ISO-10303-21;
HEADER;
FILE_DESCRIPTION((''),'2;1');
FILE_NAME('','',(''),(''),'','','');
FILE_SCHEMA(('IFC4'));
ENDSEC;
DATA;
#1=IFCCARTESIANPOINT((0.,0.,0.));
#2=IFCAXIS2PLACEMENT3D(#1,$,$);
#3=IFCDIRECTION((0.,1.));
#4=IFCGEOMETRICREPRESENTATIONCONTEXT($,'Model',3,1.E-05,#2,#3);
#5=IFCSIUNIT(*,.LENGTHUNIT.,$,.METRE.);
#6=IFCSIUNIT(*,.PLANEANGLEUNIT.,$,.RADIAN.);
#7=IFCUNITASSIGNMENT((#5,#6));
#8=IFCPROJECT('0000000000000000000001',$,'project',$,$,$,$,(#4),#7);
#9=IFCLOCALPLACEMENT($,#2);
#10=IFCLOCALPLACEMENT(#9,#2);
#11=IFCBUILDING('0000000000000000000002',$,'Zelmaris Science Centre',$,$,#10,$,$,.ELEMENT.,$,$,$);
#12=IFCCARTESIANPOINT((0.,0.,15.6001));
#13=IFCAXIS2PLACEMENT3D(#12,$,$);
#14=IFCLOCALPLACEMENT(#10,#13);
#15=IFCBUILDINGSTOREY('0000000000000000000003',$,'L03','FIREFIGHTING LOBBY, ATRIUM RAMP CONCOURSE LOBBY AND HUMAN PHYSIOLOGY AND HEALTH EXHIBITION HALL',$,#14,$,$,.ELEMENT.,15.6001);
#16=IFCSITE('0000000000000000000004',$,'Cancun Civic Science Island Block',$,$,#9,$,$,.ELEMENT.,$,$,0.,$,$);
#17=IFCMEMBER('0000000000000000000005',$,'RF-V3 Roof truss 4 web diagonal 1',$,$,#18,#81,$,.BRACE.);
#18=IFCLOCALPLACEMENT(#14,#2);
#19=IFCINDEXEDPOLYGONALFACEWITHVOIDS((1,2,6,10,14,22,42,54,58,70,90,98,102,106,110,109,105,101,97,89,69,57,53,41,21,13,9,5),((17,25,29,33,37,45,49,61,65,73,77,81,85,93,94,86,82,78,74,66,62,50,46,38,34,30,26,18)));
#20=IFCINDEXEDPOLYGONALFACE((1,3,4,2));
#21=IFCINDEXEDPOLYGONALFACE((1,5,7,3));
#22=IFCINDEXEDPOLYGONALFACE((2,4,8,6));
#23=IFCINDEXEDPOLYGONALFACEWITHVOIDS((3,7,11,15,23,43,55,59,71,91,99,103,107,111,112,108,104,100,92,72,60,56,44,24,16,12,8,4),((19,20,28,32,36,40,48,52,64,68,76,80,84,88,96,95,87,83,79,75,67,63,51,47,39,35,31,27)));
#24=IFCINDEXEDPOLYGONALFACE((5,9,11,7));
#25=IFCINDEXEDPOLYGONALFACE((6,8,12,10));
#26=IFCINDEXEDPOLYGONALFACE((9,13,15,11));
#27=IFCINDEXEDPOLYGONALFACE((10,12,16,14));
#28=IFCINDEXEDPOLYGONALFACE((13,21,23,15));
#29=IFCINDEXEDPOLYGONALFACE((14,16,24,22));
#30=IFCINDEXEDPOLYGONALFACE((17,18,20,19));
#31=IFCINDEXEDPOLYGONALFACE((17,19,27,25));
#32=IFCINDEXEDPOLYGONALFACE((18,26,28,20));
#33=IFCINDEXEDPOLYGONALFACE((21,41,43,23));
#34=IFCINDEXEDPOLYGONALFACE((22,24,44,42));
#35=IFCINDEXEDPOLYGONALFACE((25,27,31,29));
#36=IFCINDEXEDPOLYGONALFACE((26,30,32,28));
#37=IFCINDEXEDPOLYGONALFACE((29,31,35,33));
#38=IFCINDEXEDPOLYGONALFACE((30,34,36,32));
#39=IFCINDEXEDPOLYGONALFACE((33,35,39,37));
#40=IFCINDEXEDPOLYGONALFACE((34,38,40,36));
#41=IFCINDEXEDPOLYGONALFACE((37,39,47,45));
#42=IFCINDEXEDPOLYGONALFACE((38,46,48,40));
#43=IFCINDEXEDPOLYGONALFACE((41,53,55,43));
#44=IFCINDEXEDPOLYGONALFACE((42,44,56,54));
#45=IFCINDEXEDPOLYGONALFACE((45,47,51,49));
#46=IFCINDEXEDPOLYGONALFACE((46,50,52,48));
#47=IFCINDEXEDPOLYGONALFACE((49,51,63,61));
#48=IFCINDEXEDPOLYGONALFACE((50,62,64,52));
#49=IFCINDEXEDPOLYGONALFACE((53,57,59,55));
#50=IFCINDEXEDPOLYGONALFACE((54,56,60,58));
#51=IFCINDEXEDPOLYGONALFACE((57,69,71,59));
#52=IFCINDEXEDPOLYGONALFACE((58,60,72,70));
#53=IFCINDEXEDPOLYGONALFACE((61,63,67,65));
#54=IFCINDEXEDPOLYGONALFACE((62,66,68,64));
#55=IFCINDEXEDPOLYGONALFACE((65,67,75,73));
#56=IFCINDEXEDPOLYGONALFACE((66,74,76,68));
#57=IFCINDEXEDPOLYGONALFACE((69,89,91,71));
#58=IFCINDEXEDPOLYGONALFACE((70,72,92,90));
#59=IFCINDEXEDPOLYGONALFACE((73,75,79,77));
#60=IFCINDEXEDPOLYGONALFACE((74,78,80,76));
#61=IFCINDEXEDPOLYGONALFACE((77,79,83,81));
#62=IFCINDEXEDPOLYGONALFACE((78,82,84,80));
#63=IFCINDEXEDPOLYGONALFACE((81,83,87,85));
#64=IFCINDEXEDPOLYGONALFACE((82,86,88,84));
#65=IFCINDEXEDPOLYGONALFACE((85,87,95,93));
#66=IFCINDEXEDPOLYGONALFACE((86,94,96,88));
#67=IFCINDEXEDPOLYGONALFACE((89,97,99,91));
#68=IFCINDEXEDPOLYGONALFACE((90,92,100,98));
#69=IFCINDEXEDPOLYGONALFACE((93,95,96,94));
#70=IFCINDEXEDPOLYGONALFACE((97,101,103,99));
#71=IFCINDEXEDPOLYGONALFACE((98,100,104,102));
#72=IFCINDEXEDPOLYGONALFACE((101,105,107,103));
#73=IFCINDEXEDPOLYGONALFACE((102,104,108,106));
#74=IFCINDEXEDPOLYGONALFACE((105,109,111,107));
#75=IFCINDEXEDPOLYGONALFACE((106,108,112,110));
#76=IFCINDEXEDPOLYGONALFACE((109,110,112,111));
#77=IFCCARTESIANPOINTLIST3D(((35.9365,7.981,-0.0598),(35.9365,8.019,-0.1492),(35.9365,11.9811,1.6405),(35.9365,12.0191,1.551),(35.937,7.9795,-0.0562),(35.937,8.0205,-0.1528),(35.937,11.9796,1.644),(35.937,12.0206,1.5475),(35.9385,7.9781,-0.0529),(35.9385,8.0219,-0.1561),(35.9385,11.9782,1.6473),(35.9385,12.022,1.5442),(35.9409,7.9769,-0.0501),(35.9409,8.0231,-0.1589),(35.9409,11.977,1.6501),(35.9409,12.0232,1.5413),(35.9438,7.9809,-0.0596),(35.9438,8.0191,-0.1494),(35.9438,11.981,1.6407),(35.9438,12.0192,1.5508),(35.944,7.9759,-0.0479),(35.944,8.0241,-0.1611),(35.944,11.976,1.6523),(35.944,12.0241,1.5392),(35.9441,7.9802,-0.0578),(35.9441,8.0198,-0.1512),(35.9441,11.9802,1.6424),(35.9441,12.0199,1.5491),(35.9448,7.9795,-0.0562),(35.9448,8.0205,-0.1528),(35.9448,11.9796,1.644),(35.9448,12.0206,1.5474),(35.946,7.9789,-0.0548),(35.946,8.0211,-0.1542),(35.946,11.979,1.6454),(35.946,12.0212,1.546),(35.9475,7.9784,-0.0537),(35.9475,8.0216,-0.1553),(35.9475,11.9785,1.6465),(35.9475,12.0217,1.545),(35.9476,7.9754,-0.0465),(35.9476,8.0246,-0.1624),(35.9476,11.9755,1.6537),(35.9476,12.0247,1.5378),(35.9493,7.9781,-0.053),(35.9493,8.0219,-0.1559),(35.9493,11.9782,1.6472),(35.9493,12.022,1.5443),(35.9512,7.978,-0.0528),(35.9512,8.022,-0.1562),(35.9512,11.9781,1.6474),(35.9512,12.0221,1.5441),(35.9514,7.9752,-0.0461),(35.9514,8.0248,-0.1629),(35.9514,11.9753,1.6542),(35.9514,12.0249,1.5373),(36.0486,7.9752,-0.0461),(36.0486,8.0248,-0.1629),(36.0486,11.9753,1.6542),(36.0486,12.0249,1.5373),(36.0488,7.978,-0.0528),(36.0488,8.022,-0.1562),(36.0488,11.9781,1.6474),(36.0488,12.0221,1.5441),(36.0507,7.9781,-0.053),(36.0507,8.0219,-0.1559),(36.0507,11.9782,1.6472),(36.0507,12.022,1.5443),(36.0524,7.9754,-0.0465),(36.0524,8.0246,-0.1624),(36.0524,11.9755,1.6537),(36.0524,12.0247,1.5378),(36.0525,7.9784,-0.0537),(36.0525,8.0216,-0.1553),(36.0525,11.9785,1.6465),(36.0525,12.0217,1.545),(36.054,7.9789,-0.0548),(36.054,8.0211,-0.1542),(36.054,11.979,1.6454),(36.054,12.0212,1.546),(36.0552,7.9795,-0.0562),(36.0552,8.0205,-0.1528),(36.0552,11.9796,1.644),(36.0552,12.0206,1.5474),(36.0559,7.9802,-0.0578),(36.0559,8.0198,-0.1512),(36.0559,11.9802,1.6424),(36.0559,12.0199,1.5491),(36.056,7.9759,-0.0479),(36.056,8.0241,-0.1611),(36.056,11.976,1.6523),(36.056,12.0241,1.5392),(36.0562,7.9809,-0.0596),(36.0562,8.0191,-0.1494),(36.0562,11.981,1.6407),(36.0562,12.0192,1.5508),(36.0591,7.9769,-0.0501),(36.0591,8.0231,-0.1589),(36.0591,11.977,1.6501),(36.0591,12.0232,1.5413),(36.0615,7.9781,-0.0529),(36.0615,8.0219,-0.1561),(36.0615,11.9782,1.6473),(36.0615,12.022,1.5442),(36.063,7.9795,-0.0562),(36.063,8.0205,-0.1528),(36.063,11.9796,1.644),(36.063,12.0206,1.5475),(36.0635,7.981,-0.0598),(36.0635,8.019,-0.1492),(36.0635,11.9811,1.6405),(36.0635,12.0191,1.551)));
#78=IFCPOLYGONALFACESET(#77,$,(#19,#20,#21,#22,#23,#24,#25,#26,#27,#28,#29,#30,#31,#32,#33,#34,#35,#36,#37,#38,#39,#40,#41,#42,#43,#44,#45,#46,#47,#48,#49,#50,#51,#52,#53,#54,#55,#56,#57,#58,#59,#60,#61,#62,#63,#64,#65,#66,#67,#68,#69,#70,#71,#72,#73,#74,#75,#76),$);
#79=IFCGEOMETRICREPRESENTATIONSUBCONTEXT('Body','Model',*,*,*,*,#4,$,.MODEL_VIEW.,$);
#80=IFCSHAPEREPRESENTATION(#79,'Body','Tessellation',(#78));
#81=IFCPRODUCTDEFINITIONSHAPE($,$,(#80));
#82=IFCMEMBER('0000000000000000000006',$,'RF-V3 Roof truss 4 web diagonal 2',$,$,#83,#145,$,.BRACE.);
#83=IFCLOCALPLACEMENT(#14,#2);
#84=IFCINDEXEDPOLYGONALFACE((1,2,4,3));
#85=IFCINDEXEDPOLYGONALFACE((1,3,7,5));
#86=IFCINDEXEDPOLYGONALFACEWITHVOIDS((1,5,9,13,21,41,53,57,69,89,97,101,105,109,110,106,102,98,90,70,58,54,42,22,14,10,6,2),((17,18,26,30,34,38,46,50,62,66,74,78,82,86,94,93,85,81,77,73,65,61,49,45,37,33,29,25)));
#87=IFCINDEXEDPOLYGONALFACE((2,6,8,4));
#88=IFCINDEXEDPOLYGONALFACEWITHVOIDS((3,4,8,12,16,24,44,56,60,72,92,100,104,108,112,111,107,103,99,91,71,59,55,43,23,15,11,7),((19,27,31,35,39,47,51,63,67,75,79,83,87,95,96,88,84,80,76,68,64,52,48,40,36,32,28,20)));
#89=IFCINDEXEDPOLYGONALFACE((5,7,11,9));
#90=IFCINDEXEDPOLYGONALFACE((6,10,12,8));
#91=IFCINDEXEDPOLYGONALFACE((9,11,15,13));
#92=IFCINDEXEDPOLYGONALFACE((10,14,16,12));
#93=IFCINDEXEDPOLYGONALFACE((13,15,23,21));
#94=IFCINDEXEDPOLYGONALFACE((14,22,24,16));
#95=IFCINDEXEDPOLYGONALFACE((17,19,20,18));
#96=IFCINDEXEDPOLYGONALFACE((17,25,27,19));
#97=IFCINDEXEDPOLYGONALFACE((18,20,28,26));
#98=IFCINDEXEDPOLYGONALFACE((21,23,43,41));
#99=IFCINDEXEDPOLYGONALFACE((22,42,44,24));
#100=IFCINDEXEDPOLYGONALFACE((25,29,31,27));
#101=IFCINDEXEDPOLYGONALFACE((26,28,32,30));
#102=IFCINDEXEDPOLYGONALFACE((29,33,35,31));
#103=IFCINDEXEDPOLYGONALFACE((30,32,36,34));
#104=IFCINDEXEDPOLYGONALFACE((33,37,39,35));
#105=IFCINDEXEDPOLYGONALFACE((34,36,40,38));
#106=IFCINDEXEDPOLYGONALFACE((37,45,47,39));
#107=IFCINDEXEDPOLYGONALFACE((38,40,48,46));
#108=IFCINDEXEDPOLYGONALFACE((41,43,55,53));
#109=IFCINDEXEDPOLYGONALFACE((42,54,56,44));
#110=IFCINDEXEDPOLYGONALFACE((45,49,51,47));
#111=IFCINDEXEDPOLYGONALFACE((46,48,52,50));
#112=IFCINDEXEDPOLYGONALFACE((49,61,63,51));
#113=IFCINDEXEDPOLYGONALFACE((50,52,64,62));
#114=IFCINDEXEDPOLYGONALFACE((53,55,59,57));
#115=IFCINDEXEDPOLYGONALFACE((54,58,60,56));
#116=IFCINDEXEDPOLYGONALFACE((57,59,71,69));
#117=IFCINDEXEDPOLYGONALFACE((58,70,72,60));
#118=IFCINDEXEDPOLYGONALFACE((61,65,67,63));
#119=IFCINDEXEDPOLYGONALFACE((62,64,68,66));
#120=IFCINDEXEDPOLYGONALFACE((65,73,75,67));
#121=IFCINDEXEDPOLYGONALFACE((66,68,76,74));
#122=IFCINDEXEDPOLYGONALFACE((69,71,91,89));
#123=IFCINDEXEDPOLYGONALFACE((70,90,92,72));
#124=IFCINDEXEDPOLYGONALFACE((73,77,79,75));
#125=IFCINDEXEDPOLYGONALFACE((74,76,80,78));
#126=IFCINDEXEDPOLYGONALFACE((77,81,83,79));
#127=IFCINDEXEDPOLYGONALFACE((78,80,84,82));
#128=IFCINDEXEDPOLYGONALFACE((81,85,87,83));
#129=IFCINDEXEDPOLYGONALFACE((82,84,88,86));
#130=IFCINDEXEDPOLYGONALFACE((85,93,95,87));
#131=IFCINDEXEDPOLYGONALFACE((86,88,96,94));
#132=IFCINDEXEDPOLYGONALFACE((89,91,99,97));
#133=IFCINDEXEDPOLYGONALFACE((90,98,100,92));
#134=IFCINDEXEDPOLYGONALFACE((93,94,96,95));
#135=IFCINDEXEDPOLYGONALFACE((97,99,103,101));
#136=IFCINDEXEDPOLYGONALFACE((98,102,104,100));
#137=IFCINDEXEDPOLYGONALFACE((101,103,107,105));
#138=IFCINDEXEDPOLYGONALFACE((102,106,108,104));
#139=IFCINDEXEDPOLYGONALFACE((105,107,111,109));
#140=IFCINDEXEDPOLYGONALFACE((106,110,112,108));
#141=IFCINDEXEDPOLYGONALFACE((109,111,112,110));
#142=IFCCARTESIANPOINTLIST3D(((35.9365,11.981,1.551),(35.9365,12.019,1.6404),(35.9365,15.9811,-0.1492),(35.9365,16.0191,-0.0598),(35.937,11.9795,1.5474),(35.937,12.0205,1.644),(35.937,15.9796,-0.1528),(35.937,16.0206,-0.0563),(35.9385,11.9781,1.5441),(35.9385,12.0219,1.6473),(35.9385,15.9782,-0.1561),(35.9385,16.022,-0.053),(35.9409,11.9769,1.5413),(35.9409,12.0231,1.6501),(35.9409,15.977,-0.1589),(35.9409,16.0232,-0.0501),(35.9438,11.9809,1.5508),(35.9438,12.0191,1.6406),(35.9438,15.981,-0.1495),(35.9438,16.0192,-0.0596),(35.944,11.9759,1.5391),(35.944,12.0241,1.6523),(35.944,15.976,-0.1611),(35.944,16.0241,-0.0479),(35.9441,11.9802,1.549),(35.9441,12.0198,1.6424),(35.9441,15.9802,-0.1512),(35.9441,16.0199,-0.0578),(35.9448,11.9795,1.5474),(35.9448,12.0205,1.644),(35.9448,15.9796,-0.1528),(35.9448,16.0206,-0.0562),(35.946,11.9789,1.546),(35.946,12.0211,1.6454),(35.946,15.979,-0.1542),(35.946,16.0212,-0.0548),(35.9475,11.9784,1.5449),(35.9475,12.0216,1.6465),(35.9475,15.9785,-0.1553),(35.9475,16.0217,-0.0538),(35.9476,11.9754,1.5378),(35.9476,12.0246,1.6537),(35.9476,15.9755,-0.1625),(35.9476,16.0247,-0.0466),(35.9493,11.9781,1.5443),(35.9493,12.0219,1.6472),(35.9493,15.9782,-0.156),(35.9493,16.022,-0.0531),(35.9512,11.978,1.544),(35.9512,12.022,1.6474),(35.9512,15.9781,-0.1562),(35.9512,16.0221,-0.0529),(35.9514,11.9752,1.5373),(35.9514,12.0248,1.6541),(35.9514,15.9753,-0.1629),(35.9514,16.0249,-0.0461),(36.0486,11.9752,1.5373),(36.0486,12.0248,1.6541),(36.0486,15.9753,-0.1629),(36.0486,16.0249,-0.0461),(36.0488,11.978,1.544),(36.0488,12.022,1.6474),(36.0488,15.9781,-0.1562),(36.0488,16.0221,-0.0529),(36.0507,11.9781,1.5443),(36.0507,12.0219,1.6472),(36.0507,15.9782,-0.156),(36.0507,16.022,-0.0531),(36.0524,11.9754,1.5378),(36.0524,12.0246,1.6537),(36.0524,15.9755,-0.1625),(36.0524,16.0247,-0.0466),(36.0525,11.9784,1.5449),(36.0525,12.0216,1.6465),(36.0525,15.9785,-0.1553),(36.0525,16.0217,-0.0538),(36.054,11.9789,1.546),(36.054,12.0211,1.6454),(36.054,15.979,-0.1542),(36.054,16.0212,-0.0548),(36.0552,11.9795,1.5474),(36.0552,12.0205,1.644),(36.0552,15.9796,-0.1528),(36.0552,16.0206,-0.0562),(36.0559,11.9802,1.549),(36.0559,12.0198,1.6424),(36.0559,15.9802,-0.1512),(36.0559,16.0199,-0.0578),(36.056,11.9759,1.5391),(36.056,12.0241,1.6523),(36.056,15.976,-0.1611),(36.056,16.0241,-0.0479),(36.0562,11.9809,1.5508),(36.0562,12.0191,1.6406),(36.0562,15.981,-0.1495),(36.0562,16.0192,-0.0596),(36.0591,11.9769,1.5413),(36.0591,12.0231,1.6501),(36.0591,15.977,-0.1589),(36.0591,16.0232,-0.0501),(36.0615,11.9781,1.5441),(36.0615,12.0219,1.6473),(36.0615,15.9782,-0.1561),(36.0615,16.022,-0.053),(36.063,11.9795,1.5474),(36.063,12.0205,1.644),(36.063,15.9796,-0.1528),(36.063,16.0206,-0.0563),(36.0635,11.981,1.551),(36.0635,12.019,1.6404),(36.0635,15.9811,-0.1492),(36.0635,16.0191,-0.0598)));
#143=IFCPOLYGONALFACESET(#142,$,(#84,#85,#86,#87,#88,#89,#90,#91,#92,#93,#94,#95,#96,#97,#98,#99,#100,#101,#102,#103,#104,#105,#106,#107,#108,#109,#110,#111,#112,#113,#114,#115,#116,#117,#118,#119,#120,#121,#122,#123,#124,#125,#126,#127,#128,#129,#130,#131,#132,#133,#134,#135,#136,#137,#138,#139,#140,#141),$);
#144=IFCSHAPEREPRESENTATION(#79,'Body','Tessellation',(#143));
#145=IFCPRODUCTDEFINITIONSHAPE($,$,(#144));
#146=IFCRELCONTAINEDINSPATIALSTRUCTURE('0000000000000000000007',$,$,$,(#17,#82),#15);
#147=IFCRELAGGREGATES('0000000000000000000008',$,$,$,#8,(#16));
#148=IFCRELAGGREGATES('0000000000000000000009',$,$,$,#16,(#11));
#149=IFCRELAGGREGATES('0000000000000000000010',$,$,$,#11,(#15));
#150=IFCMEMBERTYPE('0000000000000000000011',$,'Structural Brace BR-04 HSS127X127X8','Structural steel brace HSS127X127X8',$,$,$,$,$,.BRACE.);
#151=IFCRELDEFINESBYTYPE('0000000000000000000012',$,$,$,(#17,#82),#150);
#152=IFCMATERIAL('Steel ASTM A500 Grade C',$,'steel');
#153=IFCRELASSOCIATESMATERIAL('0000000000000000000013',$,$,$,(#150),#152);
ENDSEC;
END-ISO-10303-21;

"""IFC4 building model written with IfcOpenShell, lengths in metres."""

from ifc_helpers import new_model, si_unit, direction, frame, origin, origin_2d, place, context, subcontext, project, spatial, hollow_rectangle, extrude, material, material_profile, profile_set, type_object, element, save


model = new_model("IFC4")

# Units and contexts
model_context = context("Model", 3, precision=1e-05, world=origin(), true_north=direction((0.0, 1.0)))
body_context = subcontext(model_context, "Body", "Model", "MODEL_VIEW")
ifc_project = project(units=[si_unit("LENGTHUNIT", "METRE"), si_unit("PLANEANGLEUNIT", "RADIAN")], contexts=[model_context])

# Site, building, storey
site_placement = place(None, origin())
site = spatial("IfcSite", under=ifc_project, at=site_placement, Name="Cancun Civic Science Island Block", CompositionType="ELEMENT", RefElevation=0.0)
building_placement = place(site_placement, origin())
building = spatial("IfcBuilding", under=site, at=building_placement, Name="Zelmaris Science Centre", CompositionType="ELEMENT")
storey_placement = place(building_placement, frame((0.0, 0.0, 15.6001)))
storey = spatial("IfcBuildingStorey", under=building, at=storey_placement, Name="L03", Description="FIREFIGHTING LOBBY, ATRIUM RAMP CONCOURSE LOBBY AND HUMAN PHYSIOLOGY AND HEALTH EXHIBITION HALL", CompositionType="ELEMENT", Elevation=15.6001)

# Shared definitions
ifc_material = material(Name="Steel ASTM A500 Grade C", Category="steel")

# Members
ifc_material_profile_1 = material_profile(ifc_material, hollow_rectangle(XDim=0.127, YDim=0.127, WallThickness=0.0073, InnerFilletRadius=0.0073, OuterFilletRadius=0.0149, at=origin_2d()), Name="HSS127X127X8")
ifc_profile_set_1 = profile_set([ifc_material_profile_1], Name="Steel ASTM A500 Grade C")
member_type_1 = type_object("IfcMemberType", Name="Structural Brace BR-04 HSS127X127X8", Description="Structural steel brace HSS127X127X8", PredefinedType="BRACE", material=ifc_profile_set_1)
for number, where, z_axis, x_axis, name in (
    (1, (36.0, 8.0, -0.1045), (0.0, 0.920315, 0.391179), (-1.0, 0.0, 0.0), "RF-V3 Roof truss 4 web diagonal 1"),
    (2, (36.0, 12.0, 1.5957), (0.0, 0.920315, -0.391179), (-1.0, 0.0, 0.0), "RF-V3 Roof truss 4 web diagonal 2"),
):
    element("IfcMember", number, at=place(storey_placement, frame(where, z_axis=z_axis, x_axis=x_axis)), inside=storey, type_object=member_type_1, Name=name, PredefinedType="BRACE", context=body_context, shape_type="SweptSolid", body=[
        extrude(hollow_rectangle(XDim=0.127, YDim=0.127, WallThickness=0.0073, InnerFilletRadius=0.0073, OuterFilletRadius=0.0149, at=origin_2d()), origin(), (0.0, 0.0, 1.0), 4.3464),
    ])

save(model, "model.ifc")
